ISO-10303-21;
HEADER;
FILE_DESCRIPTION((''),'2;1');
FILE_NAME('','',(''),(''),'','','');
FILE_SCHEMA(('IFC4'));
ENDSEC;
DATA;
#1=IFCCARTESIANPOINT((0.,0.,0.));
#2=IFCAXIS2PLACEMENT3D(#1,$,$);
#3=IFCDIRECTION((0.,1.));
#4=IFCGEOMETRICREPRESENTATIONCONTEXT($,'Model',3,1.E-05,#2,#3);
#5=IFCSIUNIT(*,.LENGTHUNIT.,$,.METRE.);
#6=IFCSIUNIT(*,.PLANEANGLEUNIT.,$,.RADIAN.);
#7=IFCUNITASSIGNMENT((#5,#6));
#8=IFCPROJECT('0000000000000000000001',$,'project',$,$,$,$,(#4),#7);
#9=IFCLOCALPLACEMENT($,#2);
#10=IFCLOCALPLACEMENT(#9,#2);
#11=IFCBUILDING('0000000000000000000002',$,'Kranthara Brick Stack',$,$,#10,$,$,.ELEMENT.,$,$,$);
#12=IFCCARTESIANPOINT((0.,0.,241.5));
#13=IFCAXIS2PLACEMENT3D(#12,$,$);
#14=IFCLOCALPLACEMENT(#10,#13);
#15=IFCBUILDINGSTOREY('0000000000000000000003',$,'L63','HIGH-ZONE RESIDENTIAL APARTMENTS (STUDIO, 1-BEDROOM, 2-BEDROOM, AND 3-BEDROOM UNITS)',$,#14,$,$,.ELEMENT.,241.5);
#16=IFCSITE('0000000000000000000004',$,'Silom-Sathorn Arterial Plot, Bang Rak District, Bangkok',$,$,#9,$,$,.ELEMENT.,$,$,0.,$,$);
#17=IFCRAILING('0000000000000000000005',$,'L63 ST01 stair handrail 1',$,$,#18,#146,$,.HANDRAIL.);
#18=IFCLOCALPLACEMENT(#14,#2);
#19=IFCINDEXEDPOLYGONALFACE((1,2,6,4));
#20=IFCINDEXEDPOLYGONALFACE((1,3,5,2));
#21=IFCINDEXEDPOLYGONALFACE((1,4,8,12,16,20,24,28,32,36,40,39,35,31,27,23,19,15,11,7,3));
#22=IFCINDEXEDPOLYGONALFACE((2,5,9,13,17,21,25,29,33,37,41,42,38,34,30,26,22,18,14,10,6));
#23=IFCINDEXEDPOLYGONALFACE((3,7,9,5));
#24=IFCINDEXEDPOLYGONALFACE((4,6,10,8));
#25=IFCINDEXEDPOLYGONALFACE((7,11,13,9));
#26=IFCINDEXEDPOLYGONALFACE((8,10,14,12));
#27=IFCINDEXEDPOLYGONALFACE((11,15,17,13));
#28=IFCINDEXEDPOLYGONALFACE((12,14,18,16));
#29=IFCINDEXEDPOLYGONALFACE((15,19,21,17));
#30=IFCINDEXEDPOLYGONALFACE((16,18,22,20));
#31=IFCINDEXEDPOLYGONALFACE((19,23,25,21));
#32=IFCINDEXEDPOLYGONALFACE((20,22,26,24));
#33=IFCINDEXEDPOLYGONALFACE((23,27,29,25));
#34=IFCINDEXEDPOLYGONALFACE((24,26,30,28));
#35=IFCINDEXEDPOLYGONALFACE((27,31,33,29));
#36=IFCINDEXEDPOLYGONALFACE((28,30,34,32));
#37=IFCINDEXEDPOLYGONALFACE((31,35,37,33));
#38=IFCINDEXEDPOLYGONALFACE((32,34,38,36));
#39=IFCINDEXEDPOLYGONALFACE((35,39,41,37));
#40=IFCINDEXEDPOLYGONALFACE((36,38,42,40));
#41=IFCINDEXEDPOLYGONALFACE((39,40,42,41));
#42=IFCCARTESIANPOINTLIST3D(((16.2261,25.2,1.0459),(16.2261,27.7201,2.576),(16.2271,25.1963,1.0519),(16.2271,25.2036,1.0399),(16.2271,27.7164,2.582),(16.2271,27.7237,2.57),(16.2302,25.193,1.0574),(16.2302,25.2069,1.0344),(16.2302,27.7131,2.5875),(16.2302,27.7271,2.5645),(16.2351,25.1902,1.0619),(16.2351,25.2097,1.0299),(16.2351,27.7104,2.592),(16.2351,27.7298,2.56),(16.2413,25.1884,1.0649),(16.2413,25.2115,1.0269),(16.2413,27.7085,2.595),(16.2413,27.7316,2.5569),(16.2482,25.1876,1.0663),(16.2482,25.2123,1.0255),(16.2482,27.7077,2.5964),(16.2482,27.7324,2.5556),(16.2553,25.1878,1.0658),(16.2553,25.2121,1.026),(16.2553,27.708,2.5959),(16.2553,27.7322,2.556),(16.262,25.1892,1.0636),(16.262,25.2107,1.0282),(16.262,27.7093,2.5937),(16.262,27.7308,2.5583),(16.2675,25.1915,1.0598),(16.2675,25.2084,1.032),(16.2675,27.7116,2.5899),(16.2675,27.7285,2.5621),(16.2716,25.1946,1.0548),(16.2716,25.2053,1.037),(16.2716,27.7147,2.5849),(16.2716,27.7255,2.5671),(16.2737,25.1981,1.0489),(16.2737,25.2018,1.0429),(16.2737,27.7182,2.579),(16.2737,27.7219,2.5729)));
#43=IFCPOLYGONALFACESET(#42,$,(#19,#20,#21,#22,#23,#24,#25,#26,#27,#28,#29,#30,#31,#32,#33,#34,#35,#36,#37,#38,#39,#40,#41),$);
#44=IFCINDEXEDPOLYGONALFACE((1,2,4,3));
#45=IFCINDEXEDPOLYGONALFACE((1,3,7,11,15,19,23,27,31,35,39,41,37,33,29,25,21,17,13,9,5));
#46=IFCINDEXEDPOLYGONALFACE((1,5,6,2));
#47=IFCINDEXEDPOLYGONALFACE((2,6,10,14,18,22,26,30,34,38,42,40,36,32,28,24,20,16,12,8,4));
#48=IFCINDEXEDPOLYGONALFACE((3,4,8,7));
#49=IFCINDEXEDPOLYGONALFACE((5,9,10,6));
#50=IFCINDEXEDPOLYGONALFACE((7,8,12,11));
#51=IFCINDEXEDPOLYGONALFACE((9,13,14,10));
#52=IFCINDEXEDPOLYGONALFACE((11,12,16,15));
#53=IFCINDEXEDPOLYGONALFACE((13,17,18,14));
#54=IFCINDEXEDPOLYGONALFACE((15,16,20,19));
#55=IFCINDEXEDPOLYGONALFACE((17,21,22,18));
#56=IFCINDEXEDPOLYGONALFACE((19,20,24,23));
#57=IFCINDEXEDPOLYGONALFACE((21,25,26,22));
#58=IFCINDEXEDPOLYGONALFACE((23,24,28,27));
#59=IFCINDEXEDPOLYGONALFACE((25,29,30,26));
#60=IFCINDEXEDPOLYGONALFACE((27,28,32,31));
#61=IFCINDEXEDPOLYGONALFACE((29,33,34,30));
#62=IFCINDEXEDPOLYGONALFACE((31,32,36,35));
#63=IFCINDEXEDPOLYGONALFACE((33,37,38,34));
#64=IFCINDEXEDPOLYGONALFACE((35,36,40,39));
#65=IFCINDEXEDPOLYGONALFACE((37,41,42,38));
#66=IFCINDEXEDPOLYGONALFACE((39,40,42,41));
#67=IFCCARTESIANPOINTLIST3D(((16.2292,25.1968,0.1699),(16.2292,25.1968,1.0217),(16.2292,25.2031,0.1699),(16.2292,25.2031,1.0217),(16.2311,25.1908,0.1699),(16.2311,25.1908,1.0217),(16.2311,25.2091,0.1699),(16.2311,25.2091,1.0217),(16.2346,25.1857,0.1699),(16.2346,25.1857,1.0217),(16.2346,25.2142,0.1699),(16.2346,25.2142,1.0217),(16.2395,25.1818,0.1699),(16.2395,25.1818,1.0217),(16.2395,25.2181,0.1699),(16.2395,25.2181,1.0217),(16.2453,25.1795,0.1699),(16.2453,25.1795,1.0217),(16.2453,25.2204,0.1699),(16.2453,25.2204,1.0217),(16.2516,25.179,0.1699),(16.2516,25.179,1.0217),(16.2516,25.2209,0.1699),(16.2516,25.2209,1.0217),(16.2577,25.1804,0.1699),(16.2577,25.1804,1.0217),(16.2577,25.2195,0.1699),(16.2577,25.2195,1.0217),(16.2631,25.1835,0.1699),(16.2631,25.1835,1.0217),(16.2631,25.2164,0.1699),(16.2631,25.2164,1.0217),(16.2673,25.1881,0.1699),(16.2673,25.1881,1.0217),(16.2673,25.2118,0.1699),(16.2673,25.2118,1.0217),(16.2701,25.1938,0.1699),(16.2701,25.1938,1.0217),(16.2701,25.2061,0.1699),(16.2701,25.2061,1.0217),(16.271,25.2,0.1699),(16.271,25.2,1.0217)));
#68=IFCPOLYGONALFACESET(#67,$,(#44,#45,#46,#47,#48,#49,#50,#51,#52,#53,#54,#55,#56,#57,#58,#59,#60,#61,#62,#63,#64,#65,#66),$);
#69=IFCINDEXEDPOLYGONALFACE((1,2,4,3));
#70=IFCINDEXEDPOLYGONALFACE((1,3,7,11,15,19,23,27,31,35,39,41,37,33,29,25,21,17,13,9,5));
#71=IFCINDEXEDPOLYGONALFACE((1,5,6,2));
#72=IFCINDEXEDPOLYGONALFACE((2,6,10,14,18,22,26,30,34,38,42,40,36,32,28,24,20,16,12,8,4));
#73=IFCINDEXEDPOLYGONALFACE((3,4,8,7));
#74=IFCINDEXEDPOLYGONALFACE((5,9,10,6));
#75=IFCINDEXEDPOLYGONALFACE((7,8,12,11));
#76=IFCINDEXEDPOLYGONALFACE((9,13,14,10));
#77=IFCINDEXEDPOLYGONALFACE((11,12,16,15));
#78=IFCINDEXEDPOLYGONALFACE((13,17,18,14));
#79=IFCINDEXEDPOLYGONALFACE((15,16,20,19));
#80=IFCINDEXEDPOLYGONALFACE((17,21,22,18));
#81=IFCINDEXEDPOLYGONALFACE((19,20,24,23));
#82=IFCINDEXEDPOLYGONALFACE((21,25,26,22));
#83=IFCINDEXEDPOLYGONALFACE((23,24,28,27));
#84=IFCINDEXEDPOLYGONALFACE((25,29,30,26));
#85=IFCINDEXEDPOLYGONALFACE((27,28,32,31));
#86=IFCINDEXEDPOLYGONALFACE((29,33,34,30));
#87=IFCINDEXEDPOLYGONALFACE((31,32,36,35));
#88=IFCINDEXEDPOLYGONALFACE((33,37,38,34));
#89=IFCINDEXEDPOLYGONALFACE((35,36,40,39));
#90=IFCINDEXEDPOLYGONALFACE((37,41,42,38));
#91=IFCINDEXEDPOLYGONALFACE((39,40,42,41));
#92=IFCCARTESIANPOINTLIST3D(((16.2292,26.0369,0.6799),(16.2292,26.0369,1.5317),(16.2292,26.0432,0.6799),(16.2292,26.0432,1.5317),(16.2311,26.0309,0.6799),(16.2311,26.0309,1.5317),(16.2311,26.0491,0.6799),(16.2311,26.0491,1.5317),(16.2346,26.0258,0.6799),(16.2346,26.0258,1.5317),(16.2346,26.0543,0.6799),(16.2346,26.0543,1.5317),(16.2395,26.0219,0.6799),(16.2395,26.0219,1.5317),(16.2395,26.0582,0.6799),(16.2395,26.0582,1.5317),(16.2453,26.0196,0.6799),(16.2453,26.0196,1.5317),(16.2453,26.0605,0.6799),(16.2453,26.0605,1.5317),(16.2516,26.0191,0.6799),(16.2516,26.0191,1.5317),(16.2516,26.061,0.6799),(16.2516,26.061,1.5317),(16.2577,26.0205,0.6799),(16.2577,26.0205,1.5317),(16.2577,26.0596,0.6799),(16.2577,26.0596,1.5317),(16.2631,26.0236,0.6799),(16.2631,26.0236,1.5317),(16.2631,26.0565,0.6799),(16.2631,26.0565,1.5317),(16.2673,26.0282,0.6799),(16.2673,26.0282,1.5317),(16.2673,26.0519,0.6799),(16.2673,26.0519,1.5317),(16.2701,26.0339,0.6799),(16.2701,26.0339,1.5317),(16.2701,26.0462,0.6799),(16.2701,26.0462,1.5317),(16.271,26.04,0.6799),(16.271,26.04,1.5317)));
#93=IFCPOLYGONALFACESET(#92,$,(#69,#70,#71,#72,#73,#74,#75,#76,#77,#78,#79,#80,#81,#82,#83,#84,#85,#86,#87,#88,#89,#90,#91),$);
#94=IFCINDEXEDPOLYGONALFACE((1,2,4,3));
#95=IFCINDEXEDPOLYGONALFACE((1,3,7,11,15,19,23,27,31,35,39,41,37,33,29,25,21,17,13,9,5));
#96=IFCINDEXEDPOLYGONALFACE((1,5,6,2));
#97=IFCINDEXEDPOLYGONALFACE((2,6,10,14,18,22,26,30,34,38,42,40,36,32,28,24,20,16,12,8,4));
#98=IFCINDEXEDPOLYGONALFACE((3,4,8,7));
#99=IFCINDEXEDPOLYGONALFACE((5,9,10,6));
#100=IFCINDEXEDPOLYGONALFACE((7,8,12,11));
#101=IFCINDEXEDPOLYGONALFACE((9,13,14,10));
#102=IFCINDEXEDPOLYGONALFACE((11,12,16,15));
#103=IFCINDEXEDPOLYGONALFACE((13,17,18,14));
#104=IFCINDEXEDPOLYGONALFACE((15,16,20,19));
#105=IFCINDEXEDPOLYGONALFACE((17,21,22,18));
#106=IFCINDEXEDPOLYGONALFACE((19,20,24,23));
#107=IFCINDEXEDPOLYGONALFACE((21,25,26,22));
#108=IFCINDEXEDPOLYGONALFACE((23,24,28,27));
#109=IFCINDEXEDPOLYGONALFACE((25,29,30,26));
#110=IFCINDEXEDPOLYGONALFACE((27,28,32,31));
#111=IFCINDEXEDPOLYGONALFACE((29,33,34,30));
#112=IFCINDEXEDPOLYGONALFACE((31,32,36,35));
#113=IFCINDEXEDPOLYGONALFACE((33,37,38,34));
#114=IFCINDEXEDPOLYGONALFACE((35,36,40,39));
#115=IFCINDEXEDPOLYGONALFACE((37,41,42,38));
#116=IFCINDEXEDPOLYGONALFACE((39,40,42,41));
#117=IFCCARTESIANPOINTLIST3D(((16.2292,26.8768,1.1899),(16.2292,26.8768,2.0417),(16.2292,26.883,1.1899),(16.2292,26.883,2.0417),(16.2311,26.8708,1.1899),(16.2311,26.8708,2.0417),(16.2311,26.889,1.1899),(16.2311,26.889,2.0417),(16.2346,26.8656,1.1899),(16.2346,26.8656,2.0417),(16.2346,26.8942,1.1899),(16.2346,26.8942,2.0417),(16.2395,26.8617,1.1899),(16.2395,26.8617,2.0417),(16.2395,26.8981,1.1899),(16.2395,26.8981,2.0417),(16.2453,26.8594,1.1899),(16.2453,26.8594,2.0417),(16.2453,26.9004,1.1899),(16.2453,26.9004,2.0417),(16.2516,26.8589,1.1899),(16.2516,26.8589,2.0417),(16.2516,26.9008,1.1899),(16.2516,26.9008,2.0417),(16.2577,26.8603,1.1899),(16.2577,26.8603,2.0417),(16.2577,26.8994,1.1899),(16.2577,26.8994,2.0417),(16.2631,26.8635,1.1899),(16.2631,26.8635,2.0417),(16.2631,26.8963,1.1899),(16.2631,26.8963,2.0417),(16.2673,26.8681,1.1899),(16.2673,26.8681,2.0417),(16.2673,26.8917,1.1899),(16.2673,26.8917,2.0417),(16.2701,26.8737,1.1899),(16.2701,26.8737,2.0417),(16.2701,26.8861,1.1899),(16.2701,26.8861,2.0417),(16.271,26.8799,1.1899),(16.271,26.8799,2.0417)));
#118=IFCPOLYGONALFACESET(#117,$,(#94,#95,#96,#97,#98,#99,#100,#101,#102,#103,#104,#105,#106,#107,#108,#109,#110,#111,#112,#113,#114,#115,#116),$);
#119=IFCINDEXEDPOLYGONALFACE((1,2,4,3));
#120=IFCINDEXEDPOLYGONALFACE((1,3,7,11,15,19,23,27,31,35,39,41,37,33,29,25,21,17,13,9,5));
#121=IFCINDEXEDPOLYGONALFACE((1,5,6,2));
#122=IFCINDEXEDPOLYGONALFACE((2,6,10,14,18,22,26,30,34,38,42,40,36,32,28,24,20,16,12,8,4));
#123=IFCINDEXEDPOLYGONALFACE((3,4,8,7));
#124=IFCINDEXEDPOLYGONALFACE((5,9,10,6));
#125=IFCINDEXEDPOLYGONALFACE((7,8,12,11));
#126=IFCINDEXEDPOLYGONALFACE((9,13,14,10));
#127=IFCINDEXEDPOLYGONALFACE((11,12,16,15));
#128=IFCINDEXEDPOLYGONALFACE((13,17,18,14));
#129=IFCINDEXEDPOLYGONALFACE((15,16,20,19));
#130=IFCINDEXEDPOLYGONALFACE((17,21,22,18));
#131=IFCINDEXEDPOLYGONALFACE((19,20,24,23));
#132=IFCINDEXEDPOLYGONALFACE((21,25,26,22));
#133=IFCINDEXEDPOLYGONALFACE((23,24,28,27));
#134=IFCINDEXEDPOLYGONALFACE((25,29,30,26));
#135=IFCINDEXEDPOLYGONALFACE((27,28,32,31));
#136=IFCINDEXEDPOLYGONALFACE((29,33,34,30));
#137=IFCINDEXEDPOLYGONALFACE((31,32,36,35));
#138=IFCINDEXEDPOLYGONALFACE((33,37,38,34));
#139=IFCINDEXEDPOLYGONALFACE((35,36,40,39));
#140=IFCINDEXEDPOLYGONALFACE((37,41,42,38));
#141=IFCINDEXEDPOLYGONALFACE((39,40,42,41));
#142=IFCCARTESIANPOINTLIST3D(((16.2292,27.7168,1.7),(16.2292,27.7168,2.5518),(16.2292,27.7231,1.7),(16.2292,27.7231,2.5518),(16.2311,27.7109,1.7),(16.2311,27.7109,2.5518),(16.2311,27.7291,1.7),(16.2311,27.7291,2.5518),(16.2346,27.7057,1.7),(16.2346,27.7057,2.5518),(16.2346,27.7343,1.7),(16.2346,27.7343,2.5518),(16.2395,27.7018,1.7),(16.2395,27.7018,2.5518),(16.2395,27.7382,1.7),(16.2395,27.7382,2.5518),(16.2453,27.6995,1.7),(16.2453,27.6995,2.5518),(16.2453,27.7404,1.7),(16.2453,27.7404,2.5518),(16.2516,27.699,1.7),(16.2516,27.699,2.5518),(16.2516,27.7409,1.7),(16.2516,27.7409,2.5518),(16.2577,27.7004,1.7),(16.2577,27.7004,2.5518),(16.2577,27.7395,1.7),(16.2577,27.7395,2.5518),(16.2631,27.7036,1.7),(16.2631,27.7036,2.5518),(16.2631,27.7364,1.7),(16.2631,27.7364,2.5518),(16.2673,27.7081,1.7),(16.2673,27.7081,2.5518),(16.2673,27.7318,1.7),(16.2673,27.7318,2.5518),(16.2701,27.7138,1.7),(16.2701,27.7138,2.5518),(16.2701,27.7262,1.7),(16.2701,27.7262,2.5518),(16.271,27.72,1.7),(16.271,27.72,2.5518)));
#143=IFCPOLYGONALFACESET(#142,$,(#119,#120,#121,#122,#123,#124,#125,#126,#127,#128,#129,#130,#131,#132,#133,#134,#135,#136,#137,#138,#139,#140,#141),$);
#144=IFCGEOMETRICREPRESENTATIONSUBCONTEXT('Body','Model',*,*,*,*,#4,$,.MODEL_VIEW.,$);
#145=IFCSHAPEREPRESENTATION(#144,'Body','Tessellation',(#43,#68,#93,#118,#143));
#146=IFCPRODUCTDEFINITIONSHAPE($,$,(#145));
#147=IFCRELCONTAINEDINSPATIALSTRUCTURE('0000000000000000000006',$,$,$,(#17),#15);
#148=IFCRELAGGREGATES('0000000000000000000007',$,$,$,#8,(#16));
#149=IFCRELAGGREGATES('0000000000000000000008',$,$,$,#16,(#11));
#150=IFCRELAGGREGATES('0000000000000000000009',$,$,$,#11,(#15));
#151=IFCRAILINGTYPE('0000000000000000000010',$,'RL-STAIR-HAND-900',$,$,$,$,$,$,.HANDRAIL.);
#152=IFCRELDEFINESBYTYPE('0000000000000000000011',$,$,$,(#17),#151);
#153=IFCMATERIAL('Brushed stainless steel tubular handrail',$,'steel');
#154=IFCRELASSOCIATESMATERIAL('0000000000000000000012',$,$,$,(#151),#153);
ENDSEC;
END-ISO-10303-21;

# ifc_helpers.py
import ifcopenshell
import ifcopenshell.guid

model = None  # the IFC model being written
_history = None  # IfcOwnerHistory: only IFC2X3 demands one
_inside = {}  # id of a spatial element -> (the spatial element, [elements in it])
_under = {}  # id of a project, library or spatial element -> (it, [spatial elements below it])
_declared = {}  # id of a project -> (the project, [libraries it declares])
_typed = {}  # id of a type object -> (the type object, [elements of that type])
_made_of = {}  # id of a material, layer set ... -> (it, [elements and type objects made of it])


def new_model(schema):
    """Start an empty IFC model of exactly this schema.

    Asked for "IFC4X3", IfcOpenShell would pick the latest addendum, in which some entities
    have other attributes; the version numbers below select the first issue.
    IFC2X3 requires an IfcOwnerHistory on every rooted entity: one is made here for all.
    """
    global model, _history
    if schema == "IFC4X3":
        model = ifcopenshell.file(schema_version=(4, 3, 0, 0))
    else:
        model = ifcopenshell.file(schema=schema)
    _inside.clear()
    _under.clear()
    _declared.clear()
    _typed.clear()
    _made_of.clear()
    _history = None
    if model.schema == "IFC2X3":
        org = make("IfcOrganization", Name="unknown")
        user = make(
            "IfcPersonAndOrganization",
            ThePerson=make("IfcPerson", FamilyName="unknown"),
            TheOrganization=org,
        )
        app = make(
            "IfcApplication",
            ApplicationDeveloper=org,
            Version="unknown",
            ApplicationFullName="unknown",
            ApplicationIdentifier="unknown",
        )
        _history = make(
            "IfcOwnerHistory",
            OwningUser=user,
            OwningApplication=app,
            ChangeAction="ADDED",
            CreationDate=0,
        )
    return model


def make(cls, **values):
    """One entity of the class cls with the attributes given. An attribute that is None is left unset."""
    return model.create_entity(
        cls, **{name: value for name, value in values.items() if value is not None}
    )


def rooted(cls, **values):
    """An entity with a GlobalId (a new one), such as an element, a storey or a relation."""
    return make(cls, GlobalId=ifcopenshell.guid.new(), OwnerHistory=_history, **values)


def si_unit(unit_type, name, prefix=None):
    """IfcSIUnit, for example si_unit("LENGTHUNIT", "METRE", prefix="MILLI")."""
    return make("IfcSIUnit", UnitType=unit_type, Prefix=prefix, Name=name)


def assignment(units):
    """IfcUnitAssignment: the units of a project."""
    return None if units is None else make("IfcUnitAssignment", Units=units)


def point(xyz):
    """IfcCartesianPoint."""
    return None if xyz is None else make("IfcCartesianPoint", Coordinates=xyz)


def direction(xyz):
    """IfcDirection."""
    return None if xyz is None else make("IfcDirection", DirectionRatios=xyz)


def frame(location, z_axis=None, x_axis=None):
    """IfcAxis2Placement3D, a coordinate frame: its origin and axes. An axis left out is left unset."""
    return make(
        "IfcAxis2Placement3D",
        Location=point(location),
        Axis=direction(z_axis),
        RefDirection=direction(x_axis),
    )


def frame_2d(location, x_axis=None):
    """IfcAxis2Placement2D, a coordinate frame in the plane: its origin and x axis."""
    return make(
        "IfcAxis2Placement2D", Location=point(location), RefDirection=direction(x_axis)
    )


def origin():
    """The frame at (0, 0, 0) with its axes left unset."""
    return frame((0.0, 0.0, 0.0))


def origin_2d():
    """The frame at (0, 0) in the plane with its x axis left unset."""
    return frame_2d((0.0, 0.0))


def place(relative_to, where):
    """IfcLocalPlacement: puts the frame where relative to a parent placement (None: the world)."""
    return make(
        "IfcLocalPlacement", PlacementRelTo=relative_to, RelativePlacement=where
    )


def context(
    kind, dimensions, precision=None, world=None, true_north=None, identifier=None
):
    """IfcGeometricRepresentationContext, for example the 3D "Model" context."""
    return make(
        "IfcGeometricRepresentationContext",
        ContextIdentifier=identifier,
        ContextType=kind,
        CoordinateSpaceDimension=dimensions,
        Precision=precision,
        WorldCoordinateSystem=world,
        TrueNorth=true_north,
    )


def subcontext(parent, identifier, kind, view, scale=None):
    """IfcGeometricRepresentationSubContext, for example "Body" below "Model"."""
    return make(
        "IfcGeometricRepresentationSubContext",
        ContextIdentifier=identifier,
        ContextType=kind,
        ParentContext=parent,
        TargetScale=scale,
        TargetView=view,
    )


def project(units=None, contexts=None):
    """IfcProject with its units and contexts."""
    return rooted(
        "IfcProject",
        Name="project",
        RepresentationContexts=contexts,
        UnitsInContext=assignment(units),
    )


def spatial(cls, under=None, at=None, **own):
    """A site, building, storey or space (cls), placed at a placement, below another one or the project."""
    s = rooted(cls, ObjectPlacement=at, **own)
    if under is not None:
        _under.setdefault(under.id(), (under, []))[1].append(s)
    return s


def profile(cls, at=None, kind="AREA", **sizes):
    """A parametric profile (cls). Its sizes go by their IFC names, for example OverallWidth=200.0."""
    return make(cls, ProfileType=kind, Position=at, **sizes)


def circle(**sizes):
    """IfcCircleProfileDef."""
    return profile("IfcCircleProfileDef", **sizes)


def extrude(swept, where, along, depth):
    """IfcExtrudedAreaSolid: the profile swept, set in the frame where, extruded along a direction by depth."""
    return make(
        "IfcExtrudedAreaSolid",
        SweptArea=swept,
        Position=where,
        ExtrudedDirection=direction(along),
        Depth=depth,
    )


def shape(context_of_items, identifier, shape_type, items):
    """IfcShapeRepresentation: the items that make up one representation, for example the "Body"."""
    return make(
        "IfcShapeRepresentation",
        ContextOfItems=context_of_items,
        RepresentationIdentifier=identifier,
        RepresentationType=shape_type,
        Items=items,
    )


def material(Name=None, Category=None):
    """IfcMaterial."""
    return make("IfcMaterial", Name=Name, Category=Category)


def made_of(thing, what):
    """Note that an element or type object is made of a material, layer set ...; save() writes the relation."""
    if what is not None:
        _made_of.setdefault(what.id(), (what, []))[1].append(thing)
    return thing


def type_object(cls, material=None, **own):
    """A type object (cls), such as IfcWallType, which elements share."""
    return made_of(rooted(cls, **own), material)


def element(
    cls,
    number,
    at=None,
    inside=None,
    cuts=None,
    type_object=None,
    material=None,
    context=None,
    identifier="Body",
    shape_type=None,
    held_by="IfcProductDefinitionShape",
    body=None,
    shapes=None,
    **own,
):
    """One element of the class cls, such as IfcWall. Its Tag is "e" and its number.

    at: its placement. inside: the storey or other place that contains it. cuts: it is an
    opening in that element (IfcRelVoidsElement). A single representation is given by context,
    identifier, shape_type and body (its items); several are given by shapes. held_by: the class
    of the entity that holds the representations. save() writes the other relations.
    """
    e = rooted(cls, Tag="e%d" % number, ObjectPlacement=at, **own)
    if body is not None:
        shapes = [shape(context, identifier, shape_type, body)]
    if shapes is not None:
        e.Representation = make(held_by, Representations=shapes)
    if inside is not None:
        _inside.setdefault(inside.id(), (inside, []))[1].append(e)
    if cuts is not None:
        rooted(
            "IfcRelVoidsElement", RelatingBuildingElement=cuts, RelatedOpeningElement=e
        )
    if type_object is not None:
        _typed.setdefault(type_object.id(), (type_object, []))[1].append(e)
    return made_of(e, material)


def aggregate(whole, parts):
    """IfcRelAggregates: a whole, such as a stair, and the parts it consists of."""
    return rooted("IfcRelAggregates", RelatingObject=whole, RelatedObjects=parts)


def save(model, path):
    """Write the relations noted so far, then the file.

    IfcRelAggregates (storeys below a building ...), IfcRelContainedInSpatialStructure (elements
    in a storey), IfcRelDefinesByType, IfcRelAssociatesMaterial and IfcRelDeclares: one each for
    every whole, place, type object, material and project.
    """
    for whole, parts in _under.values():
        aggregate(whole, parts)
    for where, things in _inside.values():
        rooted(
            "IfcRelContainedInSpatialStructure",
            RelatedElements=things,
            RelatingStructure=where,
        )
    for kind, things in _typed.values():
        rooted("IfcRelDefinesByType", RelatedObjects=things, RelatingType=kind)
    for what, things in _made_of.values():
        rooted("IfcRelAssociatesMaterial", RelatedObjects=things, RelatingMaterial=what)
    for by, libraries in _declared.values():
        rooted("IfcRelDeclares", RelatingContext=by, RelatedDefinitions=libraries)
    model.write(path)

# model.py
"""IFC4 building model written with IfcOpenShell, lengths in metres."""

from ifc_helpers import new_model, si_unit, direction, frame, origin, origin_2d, place, context, subcontext, project, spatial, circle, extrude, material, type_object, element, save


model = new_model("IFC4")

# Units and contexts
model_context = context("Model", 3, precision=1e-05, world=origin(), true_north=direction((0.0, 1.0)))
body_context = subcontext(model_context, "Body", "Model", "MODEL_VIEW")
ifc_project = project(units=[si_unit("LENGTHUNIT", "METRE"), si_unit("PLANEANGLEUNIT", "RADIAN")], contexts=[model_context])

# Site, building, storey
site_placement = place(None, origin())
site = spatial("IfcSite", under=ifc_project, at=site_placement, Name="Silom-Sathorn Arterial Plot, Bang Rak District, Bangkok", CompositionType="ELEMENT", RefElevation=0.0)
building_placement = place(site_placement, origin())
building = spatial("IfcBuilding", under=site, at=building_placement, Name="Kranthara Brick Stack", CompositionType="ELEMENT")
storey_placement = place(building_placement, frame((0.0, 0.0, 241.5)))
storey = spatial("IfcBuildingStorey", under=building, at=storey_placement, Name="L63", Description="HIGH-ZONE RESIDENTIAL APARTMENTS (STUDIO, 1-BEDROOM, 2-BEDROOM, AND 3-BEDROOM UNITS)", CompositionType="ELEMENT", Elevation=241.5)

# Railing
ifc_material_1 = material(Name="Brushed stainless steel tubular handrail", Category="steel")
railing_type_1 = type_object("IfcRailingType", Name="RL-STAIR-HAND-900", PredefinedType="HANDRAIL", material=ifc_material_1)
railing_1_placement = place(storey_placement, frame((16.25, 25.2, 0.1699)))
element("IfcRailing", 1, at=railing_1_placement, inside=storey, type_object=railing_type_1, Name="L63 ST01 stair handrail 1", PredefinedType="HANDRAIL", context=body_context, shape_type="SweptSolid", body=[
    extrude(circle(Radius=0.0239, at=origin_2d()), frame((0.0, 0.0, 0.876), z_axis=(0.0, 0.854785, 0.518982), x_axis=(-1.0, 0.0, 0.0)), (0.0, 0.0, 1.0), 2.9482),
    extrude(circle(Radius=0.021, at=origin_2d()), origin(), (0.0, 0.0, 1.0), 0.8518),
    extrude(circle(Radius=0.021, at=origin_2d()), frame((0.0, 0.8401, 0.51)), (0.0, 0.0, 1.0), 0.8518),
    extrude(circle(Radius=0.021, at=origin_2d()), frame((0.0, 1.6799, 1.02)), (0.0, 0.0, 1.0), 0.8518),
    extrude(circle(Radius=0.021, at=origin_2d()), frame((0.0, 2.52, 1.53)), (0.0, 0.0, 1.0), 0.8518),
])

save(model, "model.ifc")
